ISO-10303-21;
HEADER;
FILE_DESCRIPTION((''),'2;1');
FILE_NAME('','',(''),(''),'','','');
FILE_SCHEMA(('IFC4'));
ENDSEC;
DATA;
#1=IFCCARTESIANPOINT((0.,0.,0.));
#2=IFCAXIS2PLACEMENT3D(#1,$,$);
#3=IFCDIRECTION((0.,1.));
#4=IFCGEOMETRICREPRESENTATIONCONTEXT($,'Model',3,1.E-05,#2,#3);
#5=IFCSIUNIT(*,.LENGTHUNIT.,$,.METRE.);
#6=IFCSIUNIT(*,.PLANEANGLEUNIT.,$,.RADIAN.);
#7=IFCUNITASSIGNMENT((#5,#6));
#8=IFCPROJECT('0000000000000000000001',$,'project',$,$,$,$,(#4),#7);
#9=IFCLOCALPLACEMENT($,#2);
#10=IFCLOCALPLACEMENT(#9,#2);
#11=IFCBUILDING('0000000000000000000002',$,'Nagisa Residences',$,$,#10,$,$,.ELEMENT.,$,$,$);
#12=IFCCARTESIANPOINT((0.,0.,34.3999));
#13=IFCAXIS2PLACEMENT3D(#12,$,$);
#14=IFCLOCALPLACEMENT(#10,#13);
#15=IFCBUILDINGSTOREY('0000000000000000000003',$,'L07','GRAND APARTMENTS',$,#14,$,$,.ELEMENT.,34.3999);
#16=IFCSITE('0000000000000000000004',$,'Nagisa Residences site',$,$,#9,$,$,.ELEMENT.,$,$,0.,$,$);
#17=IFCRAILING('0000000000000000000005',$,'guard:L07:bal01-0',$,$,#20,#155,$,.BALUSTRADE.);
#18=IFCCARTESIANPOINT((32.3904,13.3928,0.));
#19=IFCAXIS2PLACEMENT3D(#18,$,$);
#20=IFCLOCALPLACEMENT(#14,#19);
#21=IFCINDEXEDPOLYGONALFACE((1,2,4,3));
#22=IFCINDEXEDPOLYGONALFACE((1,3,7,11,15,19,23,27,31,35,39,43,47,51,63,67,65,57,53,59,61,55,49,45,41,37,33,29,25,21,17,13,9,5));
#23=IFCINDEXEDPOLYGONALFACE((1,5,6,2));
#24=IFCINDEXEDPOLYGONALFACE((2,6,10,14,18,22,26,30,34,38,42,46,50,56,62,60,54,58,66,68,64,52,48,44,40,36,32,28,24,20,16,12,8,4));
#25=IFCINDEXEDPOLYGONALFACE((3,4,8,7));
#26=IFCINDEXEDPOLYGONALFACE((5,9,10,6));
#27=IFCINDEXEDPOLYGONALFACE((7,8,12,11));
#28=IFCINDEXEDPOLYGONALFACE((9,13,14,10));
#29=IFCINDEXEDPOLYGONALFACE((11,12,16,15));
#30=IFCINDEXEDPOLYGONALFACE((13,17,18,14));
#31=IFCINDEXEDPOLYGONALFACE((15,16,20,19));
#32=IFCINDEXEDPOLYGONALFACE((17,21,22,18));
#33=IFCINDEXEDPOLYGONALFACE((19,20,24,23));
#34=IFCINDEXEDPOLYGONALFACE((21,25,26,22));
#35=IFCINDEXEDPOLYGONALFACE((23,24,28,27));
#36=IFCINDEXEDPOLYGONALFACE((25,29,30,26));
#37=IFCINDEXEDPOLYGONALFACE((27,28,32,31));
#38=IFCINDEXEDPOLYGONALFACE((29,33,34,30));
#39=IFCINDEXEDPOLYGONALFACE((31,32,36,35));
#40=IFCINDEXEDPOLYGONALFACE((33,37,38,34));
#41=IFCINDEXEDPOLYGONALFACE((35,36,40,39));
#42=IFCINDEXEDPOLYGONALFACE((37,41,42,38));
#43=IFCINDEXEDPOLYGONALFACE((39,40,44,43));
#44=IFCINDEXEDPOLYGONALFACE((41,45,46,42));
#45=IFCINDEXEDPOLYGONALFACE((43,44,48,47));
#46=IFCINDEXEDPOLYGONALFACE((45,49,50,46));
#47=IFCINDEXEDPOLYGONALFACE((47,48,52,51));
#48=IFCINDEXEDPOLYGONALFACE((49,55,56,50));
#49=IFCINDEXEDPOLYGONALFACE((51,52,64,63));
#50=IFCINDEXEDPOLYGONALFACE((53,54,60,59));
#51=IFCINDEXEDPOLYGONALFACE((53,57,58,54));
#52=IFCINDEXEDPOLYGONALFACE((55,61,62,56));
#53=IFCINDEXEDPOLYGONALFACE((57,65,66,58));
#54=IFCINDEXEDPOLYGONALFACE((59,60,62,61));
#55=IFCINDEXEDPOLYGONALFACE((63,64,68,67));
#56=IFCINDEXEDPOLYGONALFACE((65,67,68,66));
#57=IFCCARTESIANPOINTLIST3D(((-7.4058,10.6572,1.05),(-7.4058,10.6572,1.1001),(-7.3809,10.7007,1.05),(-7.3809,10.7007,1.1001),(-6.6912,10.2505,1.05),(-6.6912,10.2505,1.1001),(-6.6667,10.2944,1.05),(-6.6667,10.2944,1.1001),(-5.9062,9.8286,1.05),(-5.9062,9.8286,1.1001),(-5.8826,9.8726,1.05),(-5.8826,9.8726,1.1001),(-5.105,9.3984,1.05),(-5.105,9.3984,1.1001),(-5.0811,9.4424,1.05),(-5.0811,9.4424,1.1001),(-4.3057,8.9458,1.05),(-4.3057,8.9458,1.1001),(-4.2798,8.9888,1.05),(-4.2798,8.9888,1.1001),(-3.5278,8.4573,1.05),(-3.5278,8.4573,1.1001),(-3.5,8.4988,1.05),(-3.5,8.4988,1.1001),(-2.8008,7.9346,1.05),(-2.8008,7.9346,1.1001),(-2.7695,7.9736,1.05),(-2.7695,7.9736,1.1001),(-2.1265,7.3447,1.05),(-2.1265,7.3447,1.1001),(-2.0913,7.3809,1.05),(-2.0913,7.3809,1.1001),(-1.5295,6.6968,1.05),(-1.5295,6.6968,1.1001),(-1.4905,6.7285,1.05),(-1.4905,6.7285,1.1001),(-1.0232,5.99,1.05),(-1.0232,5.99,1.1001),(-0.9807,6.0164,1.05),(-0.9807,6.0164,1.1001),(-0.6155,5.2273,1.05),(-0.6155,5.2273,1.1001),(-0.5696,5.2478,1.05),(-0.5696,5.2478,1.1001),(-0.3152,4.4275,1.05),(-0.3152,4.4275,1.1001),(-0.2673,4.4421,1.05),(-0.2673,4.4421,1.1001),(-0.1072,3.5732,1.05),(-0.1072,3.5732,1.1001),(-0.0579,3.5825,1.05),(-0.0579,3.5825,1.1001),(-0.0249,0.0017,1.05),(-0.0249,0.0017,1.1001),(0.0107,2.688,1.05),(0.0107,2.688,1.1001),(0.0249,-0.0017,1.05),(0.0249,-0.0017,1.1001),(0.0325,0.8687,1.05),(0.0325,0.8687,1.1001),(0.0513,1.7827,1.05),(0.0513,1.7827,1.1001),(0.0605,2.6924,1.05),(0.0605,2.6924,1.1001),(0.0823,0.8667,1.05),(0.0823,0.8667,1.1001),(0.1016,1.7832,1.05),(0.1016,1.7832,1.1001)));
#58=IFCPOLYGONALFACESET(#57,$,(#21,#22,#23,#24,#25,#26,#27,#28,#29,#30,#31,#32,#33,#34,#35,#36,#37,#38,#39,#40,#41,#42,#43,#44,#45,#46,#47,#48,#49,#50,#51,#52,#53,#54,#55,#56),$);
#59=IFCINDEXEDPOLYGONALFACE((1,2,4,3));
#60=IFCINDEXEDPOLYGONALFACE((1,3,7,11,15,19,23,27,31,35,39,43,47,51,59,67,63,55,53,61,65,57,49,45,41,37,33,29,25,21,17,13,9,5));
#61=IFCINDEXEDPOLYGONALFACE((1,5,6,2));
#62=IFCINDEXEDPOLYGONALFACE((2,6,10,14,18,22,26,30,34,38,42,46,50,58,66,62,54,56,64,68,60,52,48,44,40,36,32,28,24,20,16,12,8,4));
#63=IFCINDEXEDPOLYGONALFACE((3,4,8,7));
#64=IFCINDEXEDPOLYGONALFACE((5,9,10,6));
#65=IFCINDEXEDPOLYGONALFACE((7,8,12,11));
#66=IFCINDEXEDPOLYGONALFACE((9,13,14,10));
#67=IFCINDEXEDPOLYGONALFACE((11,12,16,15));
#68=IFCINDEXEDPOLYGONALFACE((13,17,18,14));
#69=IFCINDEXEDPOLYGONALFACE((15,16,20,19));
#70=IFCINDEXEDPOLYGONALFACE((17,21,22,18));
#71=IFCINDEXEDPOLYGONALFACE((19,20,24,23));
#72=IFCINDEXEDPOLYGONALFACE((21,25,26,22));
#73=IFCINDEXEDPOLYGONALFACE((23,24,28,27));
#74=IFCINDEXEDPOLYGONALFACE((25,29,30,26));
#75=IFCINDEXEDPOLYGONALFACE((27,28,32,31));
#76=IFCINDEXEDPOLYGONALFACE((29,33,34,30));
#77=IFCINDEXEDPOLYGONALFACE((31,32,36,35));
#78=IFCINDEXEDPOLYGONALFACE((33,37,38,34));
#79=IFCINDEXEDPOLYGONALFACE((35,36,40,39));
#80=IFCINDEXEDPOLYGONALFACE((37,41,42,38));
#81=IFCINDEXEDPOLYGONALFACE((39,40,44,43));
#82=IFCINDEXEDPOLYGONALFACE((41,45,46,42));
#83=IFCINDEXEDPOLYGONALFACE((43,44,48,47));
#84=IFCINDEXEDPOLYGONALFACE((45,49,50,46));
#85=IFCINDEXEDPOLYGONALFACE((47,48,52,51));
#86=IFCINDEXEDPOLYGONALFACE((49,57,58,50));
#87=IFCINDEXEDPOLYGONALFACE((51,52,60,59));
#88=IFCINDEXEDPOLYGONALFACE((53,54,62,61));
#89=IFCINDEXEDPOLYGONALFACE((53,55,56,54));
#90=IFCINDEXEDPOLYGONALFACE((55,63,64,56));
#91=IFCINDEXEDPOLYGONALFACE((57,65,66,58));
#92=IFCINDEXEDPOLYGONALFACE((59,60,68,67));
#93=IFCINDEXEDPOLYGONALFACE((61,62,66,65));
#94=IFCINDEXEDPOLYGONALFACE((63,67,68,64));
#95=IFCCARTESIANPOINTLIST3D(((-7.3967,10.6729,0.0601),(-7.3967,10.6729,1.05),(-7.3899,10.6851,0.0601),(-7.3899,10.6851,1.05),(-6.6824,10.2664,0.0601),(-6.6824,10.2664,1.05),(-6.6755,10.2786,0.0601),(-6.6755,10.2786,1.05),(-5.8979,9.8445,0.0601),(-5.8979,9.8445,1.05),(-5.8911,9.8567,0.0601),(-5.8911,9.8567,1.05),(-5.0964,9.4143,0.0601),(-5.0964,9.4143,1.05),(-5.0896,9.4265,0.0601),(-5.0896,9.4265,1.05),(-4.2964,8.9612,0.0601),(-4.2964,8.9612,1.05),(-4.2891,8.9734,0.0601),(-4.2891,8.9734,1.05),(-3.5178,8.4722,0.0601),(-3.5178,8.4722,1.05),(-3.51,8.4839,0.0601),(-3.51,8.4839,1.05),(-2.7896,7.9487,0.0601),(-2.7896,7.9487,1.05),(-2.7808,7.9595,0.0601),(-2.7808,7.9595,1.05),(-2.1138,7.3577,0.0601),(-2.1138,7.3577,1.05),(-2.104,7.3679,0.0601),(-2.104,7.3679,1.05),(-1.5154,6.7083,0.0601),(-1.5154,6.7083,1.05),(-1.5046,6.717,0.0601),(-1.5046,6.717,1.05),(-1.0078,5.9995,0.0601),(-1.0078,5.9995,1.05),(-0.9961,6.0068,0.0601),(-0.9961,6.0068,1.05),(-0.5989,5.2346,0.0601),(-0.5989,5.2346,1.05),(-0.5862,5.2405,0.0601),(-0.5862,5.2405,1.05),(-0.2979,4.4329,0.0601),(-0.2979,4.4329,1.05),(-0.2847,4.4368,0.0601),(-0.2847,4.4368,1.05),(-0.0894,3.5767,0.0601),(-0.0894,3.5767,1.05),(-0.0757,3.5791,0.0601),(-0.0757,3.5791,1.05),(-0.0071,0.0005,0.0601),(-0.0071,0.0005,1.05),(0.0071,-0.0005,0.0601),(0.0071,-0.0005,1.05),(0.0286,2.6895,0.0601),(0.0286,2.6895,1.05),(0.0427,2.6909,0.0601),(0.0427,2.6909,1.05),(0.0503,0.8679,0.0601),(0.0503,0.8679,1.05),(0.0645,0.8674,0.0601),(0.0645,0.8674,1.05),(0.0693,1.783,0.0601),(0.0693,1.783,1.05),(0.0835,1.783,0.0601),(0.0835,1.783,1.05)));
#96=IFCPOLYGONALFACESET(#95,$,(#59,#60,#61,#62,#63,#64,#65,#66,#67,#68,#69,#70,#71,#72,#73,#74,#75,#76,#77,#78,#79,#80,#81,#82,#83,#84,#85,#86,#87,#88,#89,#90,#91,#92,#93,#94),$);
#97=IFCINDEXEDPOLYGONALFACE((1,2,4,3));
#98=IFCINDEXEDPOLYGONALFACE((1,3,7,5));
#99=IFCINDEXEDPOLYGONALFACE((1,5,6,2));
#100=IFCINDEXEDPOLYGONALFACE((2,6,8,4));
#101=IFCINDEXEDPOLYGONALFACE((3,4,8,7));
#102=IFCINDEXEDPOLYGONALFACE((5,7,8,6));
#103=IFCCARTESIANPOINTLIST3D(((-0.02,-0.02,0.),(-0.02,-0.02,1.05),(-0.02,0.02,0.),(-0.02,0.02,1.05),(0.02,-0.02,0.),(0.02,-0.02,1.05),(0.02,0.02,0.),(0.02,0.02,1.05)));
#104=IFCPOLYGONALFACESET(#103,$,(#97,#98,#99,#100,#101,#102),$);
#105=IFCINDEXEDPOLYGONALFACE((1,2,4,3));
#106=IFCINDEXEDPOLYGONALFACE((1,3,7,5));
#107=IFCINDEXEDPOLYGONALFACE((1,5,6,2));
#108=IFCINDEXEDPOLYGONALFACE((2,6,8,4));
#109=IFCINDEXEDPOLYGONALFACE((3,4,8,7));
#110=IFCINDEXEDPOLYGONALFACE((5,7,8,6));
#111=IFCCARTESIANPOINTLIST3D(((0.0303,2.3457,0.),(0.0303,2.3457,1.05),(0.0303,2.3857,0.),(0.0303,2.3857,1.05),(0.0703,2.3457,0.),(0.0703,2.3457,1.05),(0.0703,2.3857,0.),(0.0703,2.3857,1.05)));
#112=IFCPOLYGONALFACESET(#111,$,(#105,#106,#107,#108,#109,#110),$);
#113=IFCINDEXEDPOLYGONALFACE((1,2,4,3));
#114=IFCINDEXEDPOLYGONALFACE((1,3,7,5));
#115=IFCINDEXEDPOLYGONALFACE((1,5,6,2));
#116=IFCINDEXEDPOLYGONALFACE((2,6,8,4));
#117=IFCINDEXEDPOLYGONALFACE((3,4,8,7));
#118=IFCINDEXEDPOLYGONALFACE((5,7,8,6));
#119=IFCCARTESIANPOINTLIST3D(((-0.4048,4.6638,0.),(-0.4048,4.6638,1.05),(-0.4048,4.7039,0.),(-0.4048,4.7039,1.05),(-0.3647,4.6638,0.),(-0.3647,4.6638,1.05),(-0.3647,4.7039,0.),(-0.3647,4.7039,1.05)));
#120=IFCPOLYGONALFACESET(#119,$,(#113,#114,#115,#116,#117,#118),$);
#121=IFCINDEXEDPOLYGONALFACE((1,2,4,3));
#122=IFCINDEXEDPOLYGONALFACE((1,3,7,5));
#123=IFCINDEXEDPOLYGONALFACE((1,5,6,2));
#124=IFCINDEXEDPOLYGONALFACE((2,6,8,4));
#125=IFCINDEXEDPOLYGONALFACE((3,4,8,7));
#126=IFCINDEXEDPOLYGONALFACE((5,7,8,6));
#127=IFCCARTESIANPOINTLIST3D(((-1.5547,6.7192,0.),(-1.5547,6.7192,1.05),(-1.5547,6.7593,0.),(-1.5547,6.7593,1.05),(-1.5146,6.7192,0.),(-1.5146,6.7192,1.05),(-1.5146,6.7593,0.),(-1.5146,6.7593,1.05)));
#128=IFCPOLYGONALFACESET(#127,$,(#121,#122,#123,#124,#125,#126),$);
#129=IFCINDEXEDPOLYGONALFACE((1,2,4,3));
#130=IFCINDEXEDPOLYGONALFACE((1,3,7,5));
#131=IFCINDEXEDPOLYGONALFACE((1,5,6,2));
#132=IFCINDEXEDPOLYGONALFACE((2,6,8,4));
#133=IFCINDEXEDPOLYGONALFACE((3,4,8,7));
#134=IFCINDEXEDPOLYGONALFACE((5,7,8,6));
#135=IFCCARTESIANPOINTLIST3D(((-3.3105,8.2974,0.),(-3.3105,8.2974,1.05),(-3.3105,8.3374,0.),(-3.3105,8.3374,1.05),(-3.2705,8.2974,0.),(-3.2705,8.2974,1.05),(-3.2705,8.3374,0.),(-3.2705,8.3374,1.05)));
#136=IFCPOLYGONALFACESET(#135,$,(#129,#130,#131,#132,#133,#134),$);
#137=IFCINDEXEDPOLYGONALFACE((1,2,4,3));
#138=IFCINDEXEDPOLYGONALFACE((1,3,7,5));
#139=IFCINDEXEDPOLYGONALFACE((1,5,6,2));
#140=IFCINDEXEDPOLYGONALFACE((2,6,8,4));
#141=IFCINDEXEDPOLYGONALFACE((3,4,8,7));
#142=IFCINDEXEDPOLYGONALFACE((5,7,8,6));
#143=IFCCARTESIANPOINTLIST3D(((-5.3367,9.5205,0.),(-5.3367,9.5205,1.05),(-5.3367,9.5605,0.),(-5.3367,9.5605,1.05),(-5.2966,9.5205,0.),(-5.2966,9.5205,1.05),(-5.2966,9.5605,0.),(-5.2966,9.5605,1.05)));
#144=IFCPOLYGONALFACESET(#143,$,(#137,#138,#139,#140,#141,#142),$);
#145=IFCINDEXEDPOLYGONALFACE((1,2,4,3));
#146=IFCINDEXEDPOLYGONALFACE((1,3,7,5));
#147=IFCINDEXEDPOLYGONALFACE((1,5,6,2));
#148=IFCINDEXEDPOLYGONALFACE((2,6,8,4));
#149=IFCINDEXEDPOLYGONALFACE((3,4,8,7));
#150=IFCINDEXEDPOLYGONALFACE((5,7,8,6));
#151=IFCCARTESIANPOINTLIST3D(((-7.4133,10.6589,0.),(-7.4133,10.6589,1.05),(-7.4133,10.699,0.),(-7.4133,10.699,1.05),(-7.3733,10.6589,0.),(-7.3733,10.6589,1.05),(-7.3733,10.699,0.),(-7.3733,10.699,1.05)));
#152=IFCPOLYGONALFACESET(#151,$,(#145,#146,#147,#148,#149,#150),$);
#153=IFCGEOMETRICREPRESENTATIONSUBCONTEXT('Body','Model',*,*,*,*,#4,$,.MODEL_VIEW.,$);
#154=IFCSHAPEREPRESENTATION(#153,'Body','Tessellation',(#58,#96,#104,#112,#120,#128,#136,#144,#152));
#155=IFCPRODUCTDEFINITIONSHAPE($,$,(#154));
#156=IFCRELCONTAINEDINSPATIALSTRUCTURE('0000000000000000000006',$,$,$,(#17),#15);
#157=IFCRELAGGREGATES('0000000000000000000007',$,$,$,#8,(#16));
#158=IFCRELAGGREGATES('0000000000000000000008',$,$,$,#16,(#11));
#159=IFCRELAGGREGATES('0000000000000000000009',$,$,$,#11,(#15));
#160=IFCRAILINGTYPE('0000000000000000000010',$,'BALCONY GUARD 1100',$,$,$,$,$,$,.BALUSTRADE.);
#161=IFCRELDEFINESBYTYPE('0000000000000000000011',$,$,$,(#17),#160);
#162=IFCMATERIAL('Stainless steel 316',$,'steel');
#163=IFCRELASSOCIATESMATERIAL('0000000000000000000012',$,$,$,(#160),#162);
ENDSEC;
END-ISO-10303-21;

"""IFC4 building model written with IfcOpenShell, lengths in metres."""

from ifc_helpers import new_model, si_unit, direction, frame, origin, origin_2d, place, context, subcontext, project, spatial, polyline, rectangle, outline, extrude, material, type_object, element, save


model = new_model("IFC4")

# Units and contexts
model_context = context("Model", 3, precision=1e-05, world=origin(), true_north=direction((0.0, 1.0)))
body_context = subcontext(model_context, "Body", "Model", "MODEL_VIEW")
ifc_project = project(units=[si_unit("LENGTHUNIT", "METRE"), si_unit("PLANEANGLEUNIT", "RADIAN")], contexts=[model_context])

# Site, building, storey
site_placement = place(None, origin())
site = spatial("IfcSite", under=ifc_project, at=site_placement, Name="Nagisa Residences site", CompositionType="ELEMENT", RefElevation=0.0)
building_placement = place(site_placement, origin())
building = spatial("IfcBuilding", under=site, at=building_placement, Name="Nagisa Residences", CompositionType="ELEMENT")
storey_placement = place(building_placement, frame((0.0, 0.0, 34.3999)))
storey = spatial("IfcBuildingStorey", under=building, at=storey_placement, Name="L07", Description="GRAND APARTMENTS", CompositionType="ELEMENT", Elevation=34.3999)

# Railing
ifc_material_1 = material(Name="Stainless steel 316", Category="steel")
railing_type = type_object("IfcRailingType", Name="BALCONY GUARD 1100", PredefinedType="BALUSTRADE", material=ifc_material_1)
railing_1_placement = place(storey_placement, frame((32.3904, 13.3928, 0.0)))
element("IfcRailing", 1, at=railing_1_placement, inside=storey, type_object=railing_type, Name="guard:L07:bal01-0", PredefinedType="BALUSTRADE", context=body_context, shape_type="SweptSolid", body=[
    extrude(outline(polyline([(0.0325, 0.8687), (-0.0249, 0.0017), (0.0249, -0.0017), (0.0823, 0.8667), (0.1016, 1.7832), (0.0605, 2.6924), (-0.0579, 3.5825), (-0.2673, 4.4421), (-0.5696, 5.2478), (-0.9807, 6.0164), (-1.4905, 6.7285), (-2.0913, 7.3809), (-2.7695, 7.9736), (-3.5, 8.4988), (-4.2798, 8.9888), (-5.0811, 9.4424), (-5.8826, 9.8726), (-6.6667, 10.2944), (-7.3809, 10.7007), (-7.4058, 10.6572), (-6.6912, 10.2505), (-5.9062, 9.8286), (-5.105, 9.3984), (-4.3057, 8.9458), (-3.5278, 8.4573), (-2.8008, 7.9346), (-2.1265, 7.3447), (-1.5295, 6.6968), (-1.0232, 5.99), (-0.6155, 5.2273), (-0.3152, 4.4275), (-0.1072, 3.5732), (0.0107, 2.688), (0.0513, 1.7827), (0.0325, 0.8687)])), frame((0.0, 0.0, 1.05)), (0.0, 0.0, 1.0), 0.05),
    extrude(outline(polyline([(0.0503, 0.8679), (-0.0071, 0.0005), (0.0071, -0.0005), (0.0645, 0.8674), (0.0835, 1.783), (0.0427, 2.6909), (-0.0757, 3.5791), (-0.2847, 4.4368), (-0.5862, 5.2405), (-0.9961, 6.0068), (-1.5046, 6.717), (-2.104, 7.3679), (-2.7808, 7.9595), (-3.51, 8.4839), (-4.2891, 8.9734), (-5.0896, 9.4265), (-5.8911, 9.8567), (-6.6755, 10.2786), (-7.3899, 10.6851), (-7.3967, 10.6729), (-6.6824, 10.2664), (-5.8979, 9.8445), (-5.0964, 9.4143), (-4.2964, 8.9612), (-3.5178, 8.4722), (-2.7896, 7.9487), (-2.1138, 7.3577), (-1.5154, 6.7083), (-1.0078, 5.9995), (-0.5989, 5.2346), (-0.2979, 4.4329), (-0.0894, 3.5767), (0.0286, 2.6895), (0.0693, 1.783), (0.0503, 0.8679)])), frame((0.0, 0.0, 0.0601)), (0.0, 0.0, 1.0), 0.99),
    extrude(rectangle(XDim=0.04, YDim=0.04, at=origin_2d()), origin(), (0.0, 0.0, 1.0), 1.05),
    extrude(rectangle(XDim=0.04, YDim=0.04, at=origin_2d()), frame((0.0503, 2.3657, 0.0)), (0.0, 0.0, 1.0), 1.05),
    extrude(rectangle(XDim=0.04, YDim=0.04, at=origin_2d()), frame((-0.3848, 4.6838, 0.0)), (0.0, 0.0, 1.0), 1.05),
    extrude(rectangle(XDim=0.04, YDim=0.04, at=origin_2d()), frame((-1.5347, 6.7393, 0.0)), (0.0, 0.0, 1.0), 1.05),
    extrude(rectangle(XDim=0.04, YDim=0.04, at=origin_2d()), frame((-3.2905, 8.3174, 0.0)), (0.0, 0.0, 1.0), 1.05),
    extrude(rectangle(XDim=0.04, YDim=0.04, at=origin_2d()), frame((-5.3167, 9.5405, 0.0)), (0.0, 0.0, 1.0), 1.05),
    extrude(rectangle(XDim=0.04, YDim=0.04, at=origin_2d()), frame((-7.3933, 10.679, 0.0)), (0.0, 0.0, 1.0), 1.05),
])

save(model, "model.ifc")
